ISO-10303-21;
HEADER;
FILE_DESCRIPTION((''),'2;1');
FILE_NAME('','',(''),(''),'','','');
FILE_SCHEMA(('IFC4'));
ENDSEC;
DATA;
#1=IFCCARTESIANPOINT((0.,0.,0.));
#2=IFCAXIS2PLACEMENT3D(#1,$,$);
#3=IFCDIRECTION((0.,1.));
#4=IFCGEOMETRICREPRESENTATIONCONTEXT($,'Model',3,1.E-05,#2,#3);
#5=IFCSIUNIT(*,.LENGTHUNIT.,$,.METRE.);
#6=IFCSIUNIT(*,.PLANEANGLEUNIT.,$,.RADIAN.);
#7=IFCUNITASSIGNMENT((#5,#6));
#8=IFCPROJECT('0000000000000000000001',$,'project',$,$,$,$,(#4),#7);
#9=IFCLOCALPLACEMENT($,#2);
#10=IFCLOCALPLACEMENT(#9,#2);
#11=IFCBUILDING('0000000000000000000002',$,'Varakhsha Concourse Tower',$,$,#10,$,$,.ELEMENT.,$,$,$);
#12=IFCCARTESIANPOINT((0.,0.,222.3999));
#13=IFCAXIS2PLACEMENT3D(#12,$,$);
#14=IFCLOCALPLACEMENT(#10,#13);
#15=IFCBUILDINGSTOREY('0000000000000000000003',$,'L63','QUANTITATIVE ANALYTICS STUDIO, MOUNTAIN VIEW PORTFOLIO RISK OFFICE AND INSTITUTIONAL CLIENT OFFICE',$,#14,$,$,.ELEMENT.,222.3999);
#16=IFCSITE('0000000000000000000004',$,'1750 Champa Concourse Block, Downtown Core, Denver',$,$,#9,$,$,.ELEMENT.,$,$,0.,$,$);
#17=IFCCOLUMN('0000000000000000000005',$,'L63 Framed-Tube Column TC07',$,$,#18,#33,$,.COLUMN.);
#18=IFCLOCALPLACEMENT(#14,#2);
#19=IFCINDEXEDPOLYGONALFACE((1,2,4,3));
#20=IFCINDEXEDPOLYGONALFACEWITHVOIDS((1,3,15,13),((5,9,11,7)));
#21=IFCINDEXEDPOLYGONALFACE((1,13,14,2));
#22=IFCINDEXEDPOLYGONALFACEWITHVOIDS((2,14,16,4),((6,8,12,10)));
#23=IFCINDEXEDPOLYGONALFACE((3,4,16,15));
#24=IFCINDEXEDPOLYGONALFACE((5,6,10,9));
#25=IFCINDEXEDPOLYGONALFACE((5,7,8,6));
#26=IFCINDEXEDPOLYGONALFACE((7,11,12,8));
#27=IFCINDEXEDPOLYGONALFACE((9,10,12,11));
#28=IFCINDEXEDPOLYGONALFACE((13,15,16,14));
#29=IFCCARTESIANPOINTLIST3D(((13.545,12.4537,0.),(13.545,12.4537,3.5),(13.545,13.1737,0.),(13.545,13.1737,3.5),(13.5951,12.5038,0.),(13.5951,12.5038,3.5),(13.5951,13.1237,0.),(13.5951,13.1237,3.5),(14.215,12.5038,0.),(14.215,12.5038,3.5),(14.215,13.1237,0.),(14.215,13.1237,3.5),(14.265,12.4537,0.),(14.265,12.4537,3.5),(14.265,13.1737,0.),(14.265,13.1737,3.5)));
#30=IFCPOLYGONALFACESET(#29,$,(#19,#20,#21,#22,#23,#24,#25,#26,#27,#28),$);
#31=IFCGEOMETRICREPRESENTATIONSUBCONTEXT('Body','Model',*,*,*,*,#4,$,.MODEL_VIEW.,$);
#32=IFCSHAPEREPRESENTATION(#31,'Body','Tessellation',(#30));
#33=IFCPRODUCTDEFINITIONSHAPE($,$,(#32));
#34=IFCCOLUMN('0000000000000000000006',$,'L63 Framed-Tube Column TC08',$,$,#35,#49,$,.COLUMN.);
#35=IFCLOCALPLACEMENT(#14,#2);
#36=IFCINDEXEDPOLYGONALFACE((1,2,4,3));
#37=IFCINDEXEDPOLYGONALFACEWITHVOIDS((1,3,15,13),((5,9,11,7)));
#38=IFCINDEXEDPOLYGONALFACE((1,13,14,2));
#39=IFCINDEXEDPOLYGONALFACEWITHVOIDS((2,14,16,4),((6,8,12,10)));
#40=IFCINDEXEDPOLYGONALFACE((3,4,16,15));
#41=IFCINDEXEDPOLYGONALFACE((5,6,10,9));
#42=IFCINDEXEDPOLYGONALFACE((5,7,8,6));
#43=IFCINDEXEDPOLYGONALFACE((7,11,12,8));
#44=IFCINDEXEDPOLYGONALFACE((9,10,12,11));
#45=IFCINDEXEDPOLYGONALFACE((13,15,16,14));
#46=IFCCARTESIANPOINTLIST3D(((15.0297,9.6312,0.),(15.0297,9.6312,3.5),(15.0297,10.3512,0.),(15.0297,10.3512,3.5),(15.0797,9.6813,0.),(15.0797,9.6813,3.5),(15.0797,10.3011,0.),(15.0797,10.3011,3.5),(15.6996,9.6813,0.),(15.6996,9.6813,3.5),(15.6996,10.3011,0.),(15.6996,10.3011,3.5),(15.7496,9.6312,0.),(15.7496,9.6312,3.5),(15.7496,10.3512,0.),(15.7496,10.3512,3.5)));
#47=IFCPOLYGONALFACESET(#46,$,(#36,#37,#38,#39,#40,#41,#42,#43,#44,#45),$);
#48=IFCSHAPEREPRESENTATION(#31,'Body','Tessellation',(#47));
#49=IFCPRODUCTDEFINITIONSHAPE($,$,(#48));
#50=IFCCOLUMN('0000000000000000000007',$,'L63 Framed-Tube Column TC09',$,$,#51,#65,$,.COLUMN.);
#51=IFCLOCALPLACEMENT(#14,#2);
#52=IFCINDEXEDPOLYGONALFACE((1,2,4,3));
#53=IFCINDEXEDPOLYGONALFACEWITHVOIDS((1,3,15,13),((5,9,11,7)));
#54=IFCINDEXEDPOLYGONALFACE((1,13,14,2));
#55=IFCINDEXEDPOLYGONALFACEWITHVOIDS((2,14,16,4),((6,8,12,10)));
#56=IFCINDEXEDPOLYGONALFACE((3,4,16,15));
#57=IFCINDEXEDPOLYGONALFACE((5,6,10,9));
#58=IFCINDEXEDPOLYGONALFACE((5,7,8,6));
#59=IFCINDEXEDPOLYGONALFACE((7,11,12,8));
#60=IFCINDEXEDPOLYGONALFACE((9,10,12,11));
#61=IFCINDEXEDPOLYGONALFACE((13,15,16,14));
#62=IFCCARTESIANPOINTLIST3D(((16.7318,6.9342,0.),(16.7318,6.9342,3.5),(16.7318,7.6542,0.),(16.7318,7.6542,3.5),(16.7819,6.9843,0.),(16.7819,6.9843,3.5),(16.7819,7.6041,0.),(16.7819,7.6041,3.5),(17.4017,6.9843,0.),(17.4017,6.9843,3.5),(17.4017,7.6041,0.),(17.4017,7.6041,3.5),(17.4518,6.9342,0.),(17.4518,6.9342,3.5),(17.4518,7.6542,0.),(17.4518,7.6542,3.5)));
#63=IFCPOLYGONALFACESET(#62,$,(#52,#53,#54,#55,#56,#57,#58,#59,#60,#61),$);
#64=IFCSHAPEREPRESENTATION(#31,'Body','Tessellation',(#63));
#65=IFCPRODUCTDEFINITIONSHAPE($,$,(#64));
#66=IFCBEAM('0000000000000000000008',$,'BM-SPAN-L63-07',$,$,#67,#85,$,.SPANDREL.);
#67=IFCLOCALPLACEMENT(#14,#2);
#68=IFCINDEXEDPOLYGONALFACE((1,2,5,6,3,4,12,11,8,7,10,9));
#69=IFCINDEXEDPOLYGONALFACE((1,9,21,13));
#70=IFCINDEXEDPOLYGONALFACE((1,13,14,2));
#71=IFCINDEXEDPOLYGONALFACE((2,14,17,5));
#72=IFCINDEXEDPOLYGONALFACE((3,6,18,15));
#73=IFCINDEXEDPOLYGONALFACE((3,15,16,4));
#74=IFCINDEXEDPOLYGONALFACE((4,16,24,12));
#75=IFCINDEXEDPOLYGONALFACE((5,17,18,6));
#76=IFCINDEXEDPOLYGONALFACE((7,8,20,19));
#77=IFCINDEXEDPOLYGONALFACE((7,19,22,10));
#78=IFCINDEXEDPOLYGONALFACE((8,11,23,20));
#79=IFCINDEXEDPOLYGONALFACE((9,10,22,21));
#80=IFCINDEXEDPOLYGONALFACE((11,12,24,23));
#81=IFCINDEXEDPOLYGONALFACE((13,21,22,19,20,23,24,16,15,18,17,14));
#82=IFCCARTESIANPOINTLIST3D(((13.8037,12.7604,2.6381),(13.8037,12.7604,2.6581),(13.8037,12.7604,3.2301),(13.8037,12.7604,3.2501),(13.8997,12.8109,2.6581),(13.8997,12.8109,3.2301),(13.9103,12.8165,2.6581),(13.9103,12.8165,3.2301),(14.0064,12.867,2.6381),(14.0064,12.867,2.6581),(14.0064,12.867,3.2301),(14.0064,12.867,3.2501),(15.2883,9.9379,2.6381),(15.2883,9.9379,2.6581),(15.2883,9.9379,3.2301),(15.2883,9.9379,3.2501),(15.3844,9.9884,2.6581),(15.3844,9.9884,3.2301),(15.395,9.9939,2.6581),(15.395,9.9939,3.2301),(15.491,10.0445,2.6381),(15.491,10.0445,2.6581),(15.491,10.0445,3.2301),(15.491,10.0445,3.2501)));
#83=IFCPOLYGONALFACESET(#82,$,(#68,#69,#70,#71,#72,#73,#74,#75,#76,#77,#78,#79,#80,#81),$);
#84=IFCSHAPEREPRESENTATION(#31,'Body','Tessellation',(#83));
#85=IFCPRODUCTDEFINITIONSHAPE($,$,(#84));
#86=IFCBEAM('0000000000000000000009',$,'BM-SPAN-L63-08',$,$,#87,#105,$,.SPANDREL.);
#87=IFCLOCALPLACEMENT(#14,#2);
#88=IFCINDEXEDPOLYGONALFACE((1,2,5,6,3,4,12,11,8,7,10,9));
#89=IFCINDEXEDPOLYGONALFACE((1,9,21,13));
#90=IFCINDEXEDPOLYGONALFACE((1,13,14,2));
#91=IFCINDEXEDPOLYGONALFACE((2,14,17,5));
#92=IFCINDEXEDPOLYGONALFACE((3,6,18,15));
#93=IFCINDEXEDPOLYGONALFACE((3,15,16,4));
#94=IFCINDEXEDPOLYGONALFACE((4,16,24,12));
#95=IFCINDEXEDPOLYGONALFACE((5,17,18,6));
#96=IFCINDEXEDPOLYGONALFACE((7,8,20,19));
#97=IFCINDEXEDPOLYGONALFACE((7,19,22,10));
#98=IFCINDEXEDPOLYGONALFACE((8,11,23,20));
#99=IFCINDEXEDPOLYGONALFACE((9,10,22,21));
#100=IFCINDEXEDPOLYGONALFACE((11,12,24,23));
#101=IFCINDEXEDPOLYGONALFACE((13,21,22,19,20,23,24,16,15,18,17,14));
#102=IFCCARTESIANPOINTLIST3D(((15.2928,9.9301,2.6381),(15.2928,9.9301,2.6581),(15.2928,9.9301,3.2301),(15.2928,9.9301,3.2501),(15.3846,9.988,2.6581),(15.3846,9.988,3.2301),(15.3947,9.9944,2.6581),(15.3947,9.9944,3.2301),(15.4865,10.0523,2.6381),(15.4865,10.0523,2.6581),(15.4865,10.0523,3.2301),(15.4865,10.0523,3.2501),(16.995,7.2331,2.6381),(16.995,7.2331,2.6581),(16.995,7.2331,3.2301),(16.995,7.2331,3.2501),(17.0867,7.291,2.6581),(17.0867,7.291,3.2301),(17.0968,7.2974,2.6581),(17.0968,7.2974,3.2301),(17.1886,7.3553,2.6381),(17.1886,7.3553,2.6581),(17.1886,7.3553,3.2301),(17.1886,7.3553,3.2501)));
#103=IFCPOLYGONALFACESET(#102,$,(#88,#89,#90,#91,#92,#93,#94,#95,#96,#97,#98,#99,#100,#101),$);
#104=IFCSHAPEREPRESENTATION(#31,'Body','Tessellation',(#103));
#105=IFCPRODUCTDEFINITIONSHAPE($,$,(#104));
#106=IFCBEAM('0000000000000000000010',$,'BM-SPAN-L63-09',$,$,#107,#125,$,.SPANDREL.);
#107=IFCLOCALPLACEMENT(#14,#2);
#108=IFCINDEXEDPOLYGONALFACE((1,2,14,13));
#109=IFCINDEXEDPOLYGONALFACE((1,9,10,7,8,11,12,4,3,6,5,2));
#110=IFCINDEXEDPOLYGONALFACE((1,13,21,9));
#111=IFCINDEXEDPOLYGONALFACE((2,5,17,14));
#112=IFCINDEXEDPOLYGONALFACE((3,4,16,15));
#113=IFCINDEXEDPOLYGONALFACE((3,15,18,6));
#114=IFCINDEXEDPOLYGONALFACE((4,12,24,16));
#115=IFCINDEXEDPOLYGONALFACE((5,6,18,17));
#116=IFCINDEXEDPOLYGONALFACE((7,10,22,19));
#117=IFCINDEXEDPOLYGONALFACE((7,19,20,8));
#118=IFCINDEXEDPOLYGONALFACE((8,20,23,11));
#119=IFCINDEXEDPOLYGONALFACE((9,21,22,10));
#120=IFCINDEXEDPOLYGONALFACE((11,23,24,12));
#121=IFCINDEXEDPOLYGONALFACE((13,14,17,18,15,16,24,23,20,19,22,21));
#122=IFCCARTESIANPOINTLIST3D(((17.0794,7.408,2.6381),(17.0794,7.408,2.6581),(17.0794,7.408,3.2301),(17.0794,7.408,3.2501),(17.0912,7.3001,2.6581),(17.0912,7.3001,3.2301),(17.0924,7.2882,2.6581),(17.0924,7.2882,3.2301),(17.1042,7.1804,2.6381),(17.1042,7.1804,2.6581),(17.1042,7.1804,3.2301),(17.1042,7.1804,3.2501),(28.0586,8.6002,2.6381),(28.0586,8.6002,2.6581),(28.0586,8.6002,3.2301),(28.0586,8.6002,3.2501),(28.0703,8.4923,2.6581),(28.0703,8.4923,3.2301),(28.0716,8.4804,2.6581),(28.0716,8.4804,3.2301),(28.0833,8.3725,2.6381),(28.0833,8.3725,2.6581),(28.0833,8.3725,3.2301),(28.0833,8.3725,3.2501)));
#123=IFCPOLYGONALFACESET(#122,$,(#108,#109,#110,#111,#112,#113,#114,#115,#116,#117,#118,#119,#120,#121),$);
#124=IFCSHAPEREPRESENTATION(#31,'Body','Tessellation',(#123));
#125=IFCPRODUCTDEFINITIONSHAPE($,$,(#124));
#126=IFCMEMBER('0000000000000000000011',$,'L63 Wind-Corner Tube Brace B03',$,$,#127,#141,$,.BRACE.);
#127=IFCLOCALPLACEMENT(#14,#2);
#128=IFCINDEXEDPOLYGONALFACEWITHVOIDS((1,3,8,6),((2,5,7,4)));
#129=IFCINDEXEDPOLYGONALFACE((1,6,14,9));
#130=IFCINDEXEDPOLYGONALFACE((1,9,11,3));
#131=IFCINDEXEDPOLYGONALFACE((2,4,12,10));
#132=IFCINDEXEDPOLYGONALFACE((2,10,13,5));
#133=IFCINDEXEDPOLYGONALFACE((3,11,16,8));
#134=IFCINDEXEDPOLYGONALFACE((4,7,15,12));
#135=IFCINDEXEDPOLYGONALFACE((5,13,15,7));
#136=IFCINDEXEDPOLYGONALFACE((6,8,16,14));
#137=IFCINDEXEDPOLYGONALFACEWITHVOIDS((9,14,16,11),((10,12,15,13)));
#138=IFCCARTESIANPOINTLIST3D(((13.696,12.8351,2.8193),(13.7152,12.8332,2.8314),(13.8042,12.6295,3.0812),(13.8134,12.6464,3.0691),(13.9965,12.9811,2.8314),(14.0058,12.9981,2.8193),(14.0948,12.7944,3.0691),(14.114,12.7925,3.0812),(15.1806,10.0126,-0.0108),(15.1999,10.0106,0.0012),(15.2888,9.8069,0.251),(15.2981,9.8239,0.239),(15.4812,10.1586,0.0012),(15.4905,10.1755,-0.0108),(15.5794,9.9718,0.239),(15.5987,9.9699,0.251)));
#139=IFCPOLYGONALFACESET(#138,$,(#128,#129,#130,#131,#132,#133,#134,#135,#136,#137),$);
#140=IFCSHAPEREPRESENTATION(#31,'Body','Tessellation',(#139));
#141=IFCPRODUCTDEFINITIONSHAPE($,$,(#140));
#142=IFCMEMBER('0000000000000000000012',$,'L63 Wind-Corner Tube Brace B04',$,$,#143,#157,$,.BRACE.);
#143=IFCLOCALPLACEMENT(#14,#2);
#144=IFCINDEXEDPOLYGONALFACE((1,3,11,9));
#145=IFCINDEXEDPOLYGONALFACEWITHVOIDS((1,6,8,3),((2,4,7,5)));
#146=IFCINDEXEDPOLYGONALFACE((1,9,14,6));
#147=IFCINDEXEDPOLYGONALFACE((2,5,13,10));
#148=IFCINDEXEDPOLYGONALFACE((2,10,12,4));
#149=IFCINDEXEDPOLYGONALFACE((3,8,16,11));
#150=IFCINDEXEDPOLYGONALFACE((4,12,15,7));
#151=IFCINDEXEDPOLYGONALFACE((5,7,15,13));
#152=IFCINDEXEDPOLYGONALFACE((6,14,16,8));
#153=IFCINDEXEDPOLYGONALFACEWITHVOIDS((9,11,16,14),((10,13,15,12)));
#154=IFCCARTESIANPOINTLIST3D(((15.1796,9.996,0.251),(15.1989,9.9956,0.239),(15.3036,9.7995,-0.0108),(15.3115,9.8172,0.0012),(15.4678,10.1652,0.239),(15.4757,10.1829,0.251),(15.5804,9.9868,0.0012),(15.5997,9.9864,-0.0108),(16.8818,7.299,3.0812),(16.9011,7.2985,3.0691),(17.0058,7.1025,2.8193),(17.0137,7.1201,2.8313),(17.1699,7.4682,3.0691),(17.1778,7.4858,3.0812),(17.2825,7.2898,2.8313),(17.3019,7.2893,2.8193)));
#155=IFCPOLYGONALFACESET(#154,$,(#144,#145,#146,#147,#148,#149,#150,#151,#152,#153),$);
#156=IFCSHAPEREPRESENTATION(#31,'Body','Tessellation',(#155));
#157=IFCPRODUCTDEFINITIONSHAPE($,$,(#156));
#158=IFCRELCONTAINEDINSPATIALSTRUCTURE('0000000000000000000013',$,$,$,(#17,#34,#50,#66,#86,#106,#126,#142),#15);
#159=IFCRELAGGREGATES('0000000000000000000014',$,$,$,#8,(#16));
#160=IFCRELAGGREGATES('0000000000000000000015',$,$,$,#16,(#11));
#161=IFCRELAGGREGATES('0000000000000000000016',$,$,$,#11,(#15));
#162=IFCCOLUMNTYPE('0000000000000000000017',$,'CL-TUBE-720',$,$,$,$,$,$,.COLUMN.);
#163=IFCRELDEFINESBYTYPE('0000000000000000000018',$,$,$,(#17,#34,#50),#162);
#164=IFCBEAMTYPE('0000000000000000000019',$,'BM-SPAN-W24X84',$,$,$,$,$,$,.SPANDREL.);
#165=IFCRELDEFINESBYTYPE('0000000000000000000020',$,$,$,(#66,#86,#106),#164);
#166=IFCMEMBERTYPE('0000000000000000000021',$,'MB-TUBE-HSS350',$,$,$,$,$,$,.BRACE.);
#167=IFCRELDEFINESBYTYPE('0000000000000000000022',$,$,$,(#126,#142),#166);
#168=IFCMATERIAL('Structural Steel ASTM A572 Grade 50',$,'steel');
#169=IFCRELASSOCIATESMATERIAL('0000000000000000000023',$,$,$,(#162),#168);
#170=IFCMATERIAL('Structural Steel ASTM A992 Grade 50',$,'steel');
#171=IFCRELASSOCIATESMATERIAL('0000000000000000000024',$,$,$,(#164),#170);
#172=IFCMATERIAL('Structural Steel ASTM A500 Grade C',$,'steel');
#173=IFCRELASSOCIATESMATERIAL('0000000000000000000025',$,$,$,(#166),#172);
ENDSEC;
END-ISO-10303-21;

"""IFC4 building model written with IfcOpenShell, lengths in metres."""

from ifc_helpers import new_model, si_unit, direction, frame, origin, origin_2d, place, context, subcontext, project, spatial, hollow_rectangle, i_section, extrude, source, transform, mapped, material, material_profile, profile_set, type_object, type_shapes, element, save


model = new_model("IFC4")

# Units and contexts
model_context = context("Model", 3, precision=1e-05, world=origin(), true_north=direction((0.0, 1.0)))
body_context = subcontext(model_context, "Body", "Model", "MODEL_VIEW")
ifc_project = project(units=[si_unit("LENGTHUNIT", "METRE"), si_unit("PLANEANGLEUNIT", "RADIAN")], contexts=[model_context])

# Site, building, storey
site_placement = place(None, origin())
site = spatial("IfcSite", under=ifc_project, at=site_placement, Name="1750 Champa Concourse Block, Downtown Core, Denver", CompositionType="ELEMENT", RefElevation=0.0)
building_placement = place(site_placement, origin())
building = spatial("IfcBuilding", under=site, at=building_placement, Name="Varakhsha Concourse Tower", CompositionType="ELEMENT")
storey_placement = place(building_placement, frame((0.0, 0.0, 222.3999)))
storey = spatial("IfcBuildingStorey", under=building, at=storey_placement, Name="L63", Description="QUANTITATIVE ANALYTICS STUDIO, MOUNTAIN VIEW PORTFOLIO RISK OFFICE AND INSTITUTIONAL CLIENT OFFICE", CompositionType="ELEMENT", Elevation=222.3999)

# Columns
ifc_material_1 = material(Name="Structural Steel ASTM A572 Grade 50", Category="steel")
ifc_material_profile_1 = material_profile(ifc_material_1, hollow_rectangle(XDim=0.72, YDim=0.72, WallThickness=0.05, at=origin_2d()), Name="BOX 720x720x50")
ifc_profile_set_1 = profile_set([ifc_material_profile_1], Name="Structural Steel ASTM A572 Grade 50")
column_type = type_object("IfcColumnType", Name="CL-TUBE-720", PredefinedType="COLUMN", material=ifc_profile_set_1)
for number, where, z_axis, x_axis, name in (
    (1, (13.905, 12.8137, 0.0), (0.0, 0.0, 1.0), (1.0, 0.0, 0.0), "L63 Framed-Tube Column TC07"),
    (2, (15.3896, 9.9912, 0.0), (0.0, 0.0, 1.0), (1.0, 0.0, 0.0), "L63 Framed-Tube Column TC08"),
    (3, (17.0918, 7.2942, 0.0), (0.0, 0.0, 1.0), (1.0, 0.0, 0.0), "L63 Framed-Tube Column TC09"),
):
    element("IfcColumn", number, at=place(storey_placement, frame(where, z_axis=z_axis, x_axis=x_axis)), inside=storey, type_object=column_type, Name=name, PredefinedType="COLUMN", context=body_context, shape_type="SweptSolid", body=[
        extrude(hollow_rectangle(XDim=0.72, YDim=0.72, WallThickness=0.05, at=origin_2d()), origin(), (0.0, 0.0, 1.0), 3.5),
    ])

# Beams
ifc_material_2 = material(Name="Structural Steel ASTM A992 Grade 50", Category="steel")
ifc_material_profile_2 = material_profile(ifc_material_2, i_section(OverallWidth=0.229, OverallDepth=0.6121, WebThickness=0.012, FlangeThickness=0.02, at=origin_2d()), Name="W24X84")
ifc_profile_set_2 = profile_set([ifc_material_profile_2], Name="Structural Steel ASTM A992 Grade 50")
beam_type = type_object("IfcBeamType", Name="BM-SPAN-W24X84", PredefinedType="SPANDREL", material=ifc_profile_set_2)
for number, where, z_axis, x_axis, name in (
    (4, (13.905, 12.8137, 2.9441), (0.465522, -0.885036, 0.0), (0.885036, 0.465522, 0.0), "BM-SPAN-L63-07"),
    (5, (15.3896, 9.9912, 2.9441), (0.533716, -0.845663, 0.0), (0.845663, 0.533716, 0.0), "BM-SPAN-L63-08"),
):
    element("IfcBeam", number, at=place(storey_placement, frame(where, z_axis=z_axis, x_axis=x_axis)), inside=storey, type_object=beam_type, Name=name, PredefinedType="SPANDREL", context=body_context, shape_type="SweptSolid", body=[
        extrude(i_section(OverallWidth=0.229, OverallDepth=0.6121, WebThickness=0.012, FlangeThickness=0.02, at=origin_2d()), origin(), (0.0, 0.0, 1.0), 3.1892),
    ])
beam_placement = place(storey_placement, frame((17.0918, 7.2942, 2.9441), z_axis=(0.994157, 0.107947, 0.0), x_axis=(-0.107947, 0.994157, 0.0)))
element("IfcBeam", 6, at=beam_placement, inside=storey, type_object=beam_type, Name="BM-SPAN-L63-09", PredefinedType="SPANDREL", context=body_context, shape_type="SweptSolid", body=[
    extrude(i_section(OverallWidth=0.229, OverallDepth=0.6121, WebThickness=0.012, FlangeThickness=0.02, at=origin_2d()), origin(), (0.0, 0.0, 1.0), 11.0437),
])

# Members
ifc_material_3 = material(Name="Structural Steel ASTM A500 Grade C", Category="steel")
ifc_material_profile_3 = material_profile(ifc_material_3, hollow_rectangle(XDim=0.3501, YDim=0.3501, WallThickness=0.0161, at=origin_2d()), Name="HSS 350x350x16")
ifc_profile_set_3 = profile_set([ifc_material_profile_3], Name="Structural Steel ASTM A500 Grade C")
member_type_1 = type_object("IfcMemberType", Name="MB-TUBE-HSS350", PredefinedType="BRACE", material=ifc_profile_set_3)
shared_shape_1 = source(origin(), body_context, "Body", "SweptSolid", [
    extrude(hollow_rectangle(XDim=0.3501, YDim=0.3501, WallThickness=0.0161, at=origin_2d()), origin(), (0.0, 0.0, 1.0), 4.2639),
])
type_shapes(member_type_1, [shared_shape_1])
for number, where, z_axis, x_axis, name in (
    (7, (15.3896, 9.9912, 0.1201), (-0.348191, 0.66197, 0.663745), (-0.885036, -0.465522, 0.0), "L63 Wind-Corner Tube Brace B03"),
    (8, (15.3896, 9.9912, 0.1201), (0.399203, -0.632529, 0.663735), (0.845663, 0.533716, 0.0), "L63 Wind-Corner Tube Brace B04"),
):
    element("IfcMember", number, at=place(storey_placement, frame(where, z_axis=z_axis, x_axis=x_axis)), inside=storey, type_object=member_type_1, Name=name, PredefinedType="BRACE", context=body_context, shape_type="MappedRepresentation", body=[
        mapped(shared_shape_1, transform((0.0, 0.0, 0.0), scale=1.0)),
    ])

save(model, "model.ifc")
